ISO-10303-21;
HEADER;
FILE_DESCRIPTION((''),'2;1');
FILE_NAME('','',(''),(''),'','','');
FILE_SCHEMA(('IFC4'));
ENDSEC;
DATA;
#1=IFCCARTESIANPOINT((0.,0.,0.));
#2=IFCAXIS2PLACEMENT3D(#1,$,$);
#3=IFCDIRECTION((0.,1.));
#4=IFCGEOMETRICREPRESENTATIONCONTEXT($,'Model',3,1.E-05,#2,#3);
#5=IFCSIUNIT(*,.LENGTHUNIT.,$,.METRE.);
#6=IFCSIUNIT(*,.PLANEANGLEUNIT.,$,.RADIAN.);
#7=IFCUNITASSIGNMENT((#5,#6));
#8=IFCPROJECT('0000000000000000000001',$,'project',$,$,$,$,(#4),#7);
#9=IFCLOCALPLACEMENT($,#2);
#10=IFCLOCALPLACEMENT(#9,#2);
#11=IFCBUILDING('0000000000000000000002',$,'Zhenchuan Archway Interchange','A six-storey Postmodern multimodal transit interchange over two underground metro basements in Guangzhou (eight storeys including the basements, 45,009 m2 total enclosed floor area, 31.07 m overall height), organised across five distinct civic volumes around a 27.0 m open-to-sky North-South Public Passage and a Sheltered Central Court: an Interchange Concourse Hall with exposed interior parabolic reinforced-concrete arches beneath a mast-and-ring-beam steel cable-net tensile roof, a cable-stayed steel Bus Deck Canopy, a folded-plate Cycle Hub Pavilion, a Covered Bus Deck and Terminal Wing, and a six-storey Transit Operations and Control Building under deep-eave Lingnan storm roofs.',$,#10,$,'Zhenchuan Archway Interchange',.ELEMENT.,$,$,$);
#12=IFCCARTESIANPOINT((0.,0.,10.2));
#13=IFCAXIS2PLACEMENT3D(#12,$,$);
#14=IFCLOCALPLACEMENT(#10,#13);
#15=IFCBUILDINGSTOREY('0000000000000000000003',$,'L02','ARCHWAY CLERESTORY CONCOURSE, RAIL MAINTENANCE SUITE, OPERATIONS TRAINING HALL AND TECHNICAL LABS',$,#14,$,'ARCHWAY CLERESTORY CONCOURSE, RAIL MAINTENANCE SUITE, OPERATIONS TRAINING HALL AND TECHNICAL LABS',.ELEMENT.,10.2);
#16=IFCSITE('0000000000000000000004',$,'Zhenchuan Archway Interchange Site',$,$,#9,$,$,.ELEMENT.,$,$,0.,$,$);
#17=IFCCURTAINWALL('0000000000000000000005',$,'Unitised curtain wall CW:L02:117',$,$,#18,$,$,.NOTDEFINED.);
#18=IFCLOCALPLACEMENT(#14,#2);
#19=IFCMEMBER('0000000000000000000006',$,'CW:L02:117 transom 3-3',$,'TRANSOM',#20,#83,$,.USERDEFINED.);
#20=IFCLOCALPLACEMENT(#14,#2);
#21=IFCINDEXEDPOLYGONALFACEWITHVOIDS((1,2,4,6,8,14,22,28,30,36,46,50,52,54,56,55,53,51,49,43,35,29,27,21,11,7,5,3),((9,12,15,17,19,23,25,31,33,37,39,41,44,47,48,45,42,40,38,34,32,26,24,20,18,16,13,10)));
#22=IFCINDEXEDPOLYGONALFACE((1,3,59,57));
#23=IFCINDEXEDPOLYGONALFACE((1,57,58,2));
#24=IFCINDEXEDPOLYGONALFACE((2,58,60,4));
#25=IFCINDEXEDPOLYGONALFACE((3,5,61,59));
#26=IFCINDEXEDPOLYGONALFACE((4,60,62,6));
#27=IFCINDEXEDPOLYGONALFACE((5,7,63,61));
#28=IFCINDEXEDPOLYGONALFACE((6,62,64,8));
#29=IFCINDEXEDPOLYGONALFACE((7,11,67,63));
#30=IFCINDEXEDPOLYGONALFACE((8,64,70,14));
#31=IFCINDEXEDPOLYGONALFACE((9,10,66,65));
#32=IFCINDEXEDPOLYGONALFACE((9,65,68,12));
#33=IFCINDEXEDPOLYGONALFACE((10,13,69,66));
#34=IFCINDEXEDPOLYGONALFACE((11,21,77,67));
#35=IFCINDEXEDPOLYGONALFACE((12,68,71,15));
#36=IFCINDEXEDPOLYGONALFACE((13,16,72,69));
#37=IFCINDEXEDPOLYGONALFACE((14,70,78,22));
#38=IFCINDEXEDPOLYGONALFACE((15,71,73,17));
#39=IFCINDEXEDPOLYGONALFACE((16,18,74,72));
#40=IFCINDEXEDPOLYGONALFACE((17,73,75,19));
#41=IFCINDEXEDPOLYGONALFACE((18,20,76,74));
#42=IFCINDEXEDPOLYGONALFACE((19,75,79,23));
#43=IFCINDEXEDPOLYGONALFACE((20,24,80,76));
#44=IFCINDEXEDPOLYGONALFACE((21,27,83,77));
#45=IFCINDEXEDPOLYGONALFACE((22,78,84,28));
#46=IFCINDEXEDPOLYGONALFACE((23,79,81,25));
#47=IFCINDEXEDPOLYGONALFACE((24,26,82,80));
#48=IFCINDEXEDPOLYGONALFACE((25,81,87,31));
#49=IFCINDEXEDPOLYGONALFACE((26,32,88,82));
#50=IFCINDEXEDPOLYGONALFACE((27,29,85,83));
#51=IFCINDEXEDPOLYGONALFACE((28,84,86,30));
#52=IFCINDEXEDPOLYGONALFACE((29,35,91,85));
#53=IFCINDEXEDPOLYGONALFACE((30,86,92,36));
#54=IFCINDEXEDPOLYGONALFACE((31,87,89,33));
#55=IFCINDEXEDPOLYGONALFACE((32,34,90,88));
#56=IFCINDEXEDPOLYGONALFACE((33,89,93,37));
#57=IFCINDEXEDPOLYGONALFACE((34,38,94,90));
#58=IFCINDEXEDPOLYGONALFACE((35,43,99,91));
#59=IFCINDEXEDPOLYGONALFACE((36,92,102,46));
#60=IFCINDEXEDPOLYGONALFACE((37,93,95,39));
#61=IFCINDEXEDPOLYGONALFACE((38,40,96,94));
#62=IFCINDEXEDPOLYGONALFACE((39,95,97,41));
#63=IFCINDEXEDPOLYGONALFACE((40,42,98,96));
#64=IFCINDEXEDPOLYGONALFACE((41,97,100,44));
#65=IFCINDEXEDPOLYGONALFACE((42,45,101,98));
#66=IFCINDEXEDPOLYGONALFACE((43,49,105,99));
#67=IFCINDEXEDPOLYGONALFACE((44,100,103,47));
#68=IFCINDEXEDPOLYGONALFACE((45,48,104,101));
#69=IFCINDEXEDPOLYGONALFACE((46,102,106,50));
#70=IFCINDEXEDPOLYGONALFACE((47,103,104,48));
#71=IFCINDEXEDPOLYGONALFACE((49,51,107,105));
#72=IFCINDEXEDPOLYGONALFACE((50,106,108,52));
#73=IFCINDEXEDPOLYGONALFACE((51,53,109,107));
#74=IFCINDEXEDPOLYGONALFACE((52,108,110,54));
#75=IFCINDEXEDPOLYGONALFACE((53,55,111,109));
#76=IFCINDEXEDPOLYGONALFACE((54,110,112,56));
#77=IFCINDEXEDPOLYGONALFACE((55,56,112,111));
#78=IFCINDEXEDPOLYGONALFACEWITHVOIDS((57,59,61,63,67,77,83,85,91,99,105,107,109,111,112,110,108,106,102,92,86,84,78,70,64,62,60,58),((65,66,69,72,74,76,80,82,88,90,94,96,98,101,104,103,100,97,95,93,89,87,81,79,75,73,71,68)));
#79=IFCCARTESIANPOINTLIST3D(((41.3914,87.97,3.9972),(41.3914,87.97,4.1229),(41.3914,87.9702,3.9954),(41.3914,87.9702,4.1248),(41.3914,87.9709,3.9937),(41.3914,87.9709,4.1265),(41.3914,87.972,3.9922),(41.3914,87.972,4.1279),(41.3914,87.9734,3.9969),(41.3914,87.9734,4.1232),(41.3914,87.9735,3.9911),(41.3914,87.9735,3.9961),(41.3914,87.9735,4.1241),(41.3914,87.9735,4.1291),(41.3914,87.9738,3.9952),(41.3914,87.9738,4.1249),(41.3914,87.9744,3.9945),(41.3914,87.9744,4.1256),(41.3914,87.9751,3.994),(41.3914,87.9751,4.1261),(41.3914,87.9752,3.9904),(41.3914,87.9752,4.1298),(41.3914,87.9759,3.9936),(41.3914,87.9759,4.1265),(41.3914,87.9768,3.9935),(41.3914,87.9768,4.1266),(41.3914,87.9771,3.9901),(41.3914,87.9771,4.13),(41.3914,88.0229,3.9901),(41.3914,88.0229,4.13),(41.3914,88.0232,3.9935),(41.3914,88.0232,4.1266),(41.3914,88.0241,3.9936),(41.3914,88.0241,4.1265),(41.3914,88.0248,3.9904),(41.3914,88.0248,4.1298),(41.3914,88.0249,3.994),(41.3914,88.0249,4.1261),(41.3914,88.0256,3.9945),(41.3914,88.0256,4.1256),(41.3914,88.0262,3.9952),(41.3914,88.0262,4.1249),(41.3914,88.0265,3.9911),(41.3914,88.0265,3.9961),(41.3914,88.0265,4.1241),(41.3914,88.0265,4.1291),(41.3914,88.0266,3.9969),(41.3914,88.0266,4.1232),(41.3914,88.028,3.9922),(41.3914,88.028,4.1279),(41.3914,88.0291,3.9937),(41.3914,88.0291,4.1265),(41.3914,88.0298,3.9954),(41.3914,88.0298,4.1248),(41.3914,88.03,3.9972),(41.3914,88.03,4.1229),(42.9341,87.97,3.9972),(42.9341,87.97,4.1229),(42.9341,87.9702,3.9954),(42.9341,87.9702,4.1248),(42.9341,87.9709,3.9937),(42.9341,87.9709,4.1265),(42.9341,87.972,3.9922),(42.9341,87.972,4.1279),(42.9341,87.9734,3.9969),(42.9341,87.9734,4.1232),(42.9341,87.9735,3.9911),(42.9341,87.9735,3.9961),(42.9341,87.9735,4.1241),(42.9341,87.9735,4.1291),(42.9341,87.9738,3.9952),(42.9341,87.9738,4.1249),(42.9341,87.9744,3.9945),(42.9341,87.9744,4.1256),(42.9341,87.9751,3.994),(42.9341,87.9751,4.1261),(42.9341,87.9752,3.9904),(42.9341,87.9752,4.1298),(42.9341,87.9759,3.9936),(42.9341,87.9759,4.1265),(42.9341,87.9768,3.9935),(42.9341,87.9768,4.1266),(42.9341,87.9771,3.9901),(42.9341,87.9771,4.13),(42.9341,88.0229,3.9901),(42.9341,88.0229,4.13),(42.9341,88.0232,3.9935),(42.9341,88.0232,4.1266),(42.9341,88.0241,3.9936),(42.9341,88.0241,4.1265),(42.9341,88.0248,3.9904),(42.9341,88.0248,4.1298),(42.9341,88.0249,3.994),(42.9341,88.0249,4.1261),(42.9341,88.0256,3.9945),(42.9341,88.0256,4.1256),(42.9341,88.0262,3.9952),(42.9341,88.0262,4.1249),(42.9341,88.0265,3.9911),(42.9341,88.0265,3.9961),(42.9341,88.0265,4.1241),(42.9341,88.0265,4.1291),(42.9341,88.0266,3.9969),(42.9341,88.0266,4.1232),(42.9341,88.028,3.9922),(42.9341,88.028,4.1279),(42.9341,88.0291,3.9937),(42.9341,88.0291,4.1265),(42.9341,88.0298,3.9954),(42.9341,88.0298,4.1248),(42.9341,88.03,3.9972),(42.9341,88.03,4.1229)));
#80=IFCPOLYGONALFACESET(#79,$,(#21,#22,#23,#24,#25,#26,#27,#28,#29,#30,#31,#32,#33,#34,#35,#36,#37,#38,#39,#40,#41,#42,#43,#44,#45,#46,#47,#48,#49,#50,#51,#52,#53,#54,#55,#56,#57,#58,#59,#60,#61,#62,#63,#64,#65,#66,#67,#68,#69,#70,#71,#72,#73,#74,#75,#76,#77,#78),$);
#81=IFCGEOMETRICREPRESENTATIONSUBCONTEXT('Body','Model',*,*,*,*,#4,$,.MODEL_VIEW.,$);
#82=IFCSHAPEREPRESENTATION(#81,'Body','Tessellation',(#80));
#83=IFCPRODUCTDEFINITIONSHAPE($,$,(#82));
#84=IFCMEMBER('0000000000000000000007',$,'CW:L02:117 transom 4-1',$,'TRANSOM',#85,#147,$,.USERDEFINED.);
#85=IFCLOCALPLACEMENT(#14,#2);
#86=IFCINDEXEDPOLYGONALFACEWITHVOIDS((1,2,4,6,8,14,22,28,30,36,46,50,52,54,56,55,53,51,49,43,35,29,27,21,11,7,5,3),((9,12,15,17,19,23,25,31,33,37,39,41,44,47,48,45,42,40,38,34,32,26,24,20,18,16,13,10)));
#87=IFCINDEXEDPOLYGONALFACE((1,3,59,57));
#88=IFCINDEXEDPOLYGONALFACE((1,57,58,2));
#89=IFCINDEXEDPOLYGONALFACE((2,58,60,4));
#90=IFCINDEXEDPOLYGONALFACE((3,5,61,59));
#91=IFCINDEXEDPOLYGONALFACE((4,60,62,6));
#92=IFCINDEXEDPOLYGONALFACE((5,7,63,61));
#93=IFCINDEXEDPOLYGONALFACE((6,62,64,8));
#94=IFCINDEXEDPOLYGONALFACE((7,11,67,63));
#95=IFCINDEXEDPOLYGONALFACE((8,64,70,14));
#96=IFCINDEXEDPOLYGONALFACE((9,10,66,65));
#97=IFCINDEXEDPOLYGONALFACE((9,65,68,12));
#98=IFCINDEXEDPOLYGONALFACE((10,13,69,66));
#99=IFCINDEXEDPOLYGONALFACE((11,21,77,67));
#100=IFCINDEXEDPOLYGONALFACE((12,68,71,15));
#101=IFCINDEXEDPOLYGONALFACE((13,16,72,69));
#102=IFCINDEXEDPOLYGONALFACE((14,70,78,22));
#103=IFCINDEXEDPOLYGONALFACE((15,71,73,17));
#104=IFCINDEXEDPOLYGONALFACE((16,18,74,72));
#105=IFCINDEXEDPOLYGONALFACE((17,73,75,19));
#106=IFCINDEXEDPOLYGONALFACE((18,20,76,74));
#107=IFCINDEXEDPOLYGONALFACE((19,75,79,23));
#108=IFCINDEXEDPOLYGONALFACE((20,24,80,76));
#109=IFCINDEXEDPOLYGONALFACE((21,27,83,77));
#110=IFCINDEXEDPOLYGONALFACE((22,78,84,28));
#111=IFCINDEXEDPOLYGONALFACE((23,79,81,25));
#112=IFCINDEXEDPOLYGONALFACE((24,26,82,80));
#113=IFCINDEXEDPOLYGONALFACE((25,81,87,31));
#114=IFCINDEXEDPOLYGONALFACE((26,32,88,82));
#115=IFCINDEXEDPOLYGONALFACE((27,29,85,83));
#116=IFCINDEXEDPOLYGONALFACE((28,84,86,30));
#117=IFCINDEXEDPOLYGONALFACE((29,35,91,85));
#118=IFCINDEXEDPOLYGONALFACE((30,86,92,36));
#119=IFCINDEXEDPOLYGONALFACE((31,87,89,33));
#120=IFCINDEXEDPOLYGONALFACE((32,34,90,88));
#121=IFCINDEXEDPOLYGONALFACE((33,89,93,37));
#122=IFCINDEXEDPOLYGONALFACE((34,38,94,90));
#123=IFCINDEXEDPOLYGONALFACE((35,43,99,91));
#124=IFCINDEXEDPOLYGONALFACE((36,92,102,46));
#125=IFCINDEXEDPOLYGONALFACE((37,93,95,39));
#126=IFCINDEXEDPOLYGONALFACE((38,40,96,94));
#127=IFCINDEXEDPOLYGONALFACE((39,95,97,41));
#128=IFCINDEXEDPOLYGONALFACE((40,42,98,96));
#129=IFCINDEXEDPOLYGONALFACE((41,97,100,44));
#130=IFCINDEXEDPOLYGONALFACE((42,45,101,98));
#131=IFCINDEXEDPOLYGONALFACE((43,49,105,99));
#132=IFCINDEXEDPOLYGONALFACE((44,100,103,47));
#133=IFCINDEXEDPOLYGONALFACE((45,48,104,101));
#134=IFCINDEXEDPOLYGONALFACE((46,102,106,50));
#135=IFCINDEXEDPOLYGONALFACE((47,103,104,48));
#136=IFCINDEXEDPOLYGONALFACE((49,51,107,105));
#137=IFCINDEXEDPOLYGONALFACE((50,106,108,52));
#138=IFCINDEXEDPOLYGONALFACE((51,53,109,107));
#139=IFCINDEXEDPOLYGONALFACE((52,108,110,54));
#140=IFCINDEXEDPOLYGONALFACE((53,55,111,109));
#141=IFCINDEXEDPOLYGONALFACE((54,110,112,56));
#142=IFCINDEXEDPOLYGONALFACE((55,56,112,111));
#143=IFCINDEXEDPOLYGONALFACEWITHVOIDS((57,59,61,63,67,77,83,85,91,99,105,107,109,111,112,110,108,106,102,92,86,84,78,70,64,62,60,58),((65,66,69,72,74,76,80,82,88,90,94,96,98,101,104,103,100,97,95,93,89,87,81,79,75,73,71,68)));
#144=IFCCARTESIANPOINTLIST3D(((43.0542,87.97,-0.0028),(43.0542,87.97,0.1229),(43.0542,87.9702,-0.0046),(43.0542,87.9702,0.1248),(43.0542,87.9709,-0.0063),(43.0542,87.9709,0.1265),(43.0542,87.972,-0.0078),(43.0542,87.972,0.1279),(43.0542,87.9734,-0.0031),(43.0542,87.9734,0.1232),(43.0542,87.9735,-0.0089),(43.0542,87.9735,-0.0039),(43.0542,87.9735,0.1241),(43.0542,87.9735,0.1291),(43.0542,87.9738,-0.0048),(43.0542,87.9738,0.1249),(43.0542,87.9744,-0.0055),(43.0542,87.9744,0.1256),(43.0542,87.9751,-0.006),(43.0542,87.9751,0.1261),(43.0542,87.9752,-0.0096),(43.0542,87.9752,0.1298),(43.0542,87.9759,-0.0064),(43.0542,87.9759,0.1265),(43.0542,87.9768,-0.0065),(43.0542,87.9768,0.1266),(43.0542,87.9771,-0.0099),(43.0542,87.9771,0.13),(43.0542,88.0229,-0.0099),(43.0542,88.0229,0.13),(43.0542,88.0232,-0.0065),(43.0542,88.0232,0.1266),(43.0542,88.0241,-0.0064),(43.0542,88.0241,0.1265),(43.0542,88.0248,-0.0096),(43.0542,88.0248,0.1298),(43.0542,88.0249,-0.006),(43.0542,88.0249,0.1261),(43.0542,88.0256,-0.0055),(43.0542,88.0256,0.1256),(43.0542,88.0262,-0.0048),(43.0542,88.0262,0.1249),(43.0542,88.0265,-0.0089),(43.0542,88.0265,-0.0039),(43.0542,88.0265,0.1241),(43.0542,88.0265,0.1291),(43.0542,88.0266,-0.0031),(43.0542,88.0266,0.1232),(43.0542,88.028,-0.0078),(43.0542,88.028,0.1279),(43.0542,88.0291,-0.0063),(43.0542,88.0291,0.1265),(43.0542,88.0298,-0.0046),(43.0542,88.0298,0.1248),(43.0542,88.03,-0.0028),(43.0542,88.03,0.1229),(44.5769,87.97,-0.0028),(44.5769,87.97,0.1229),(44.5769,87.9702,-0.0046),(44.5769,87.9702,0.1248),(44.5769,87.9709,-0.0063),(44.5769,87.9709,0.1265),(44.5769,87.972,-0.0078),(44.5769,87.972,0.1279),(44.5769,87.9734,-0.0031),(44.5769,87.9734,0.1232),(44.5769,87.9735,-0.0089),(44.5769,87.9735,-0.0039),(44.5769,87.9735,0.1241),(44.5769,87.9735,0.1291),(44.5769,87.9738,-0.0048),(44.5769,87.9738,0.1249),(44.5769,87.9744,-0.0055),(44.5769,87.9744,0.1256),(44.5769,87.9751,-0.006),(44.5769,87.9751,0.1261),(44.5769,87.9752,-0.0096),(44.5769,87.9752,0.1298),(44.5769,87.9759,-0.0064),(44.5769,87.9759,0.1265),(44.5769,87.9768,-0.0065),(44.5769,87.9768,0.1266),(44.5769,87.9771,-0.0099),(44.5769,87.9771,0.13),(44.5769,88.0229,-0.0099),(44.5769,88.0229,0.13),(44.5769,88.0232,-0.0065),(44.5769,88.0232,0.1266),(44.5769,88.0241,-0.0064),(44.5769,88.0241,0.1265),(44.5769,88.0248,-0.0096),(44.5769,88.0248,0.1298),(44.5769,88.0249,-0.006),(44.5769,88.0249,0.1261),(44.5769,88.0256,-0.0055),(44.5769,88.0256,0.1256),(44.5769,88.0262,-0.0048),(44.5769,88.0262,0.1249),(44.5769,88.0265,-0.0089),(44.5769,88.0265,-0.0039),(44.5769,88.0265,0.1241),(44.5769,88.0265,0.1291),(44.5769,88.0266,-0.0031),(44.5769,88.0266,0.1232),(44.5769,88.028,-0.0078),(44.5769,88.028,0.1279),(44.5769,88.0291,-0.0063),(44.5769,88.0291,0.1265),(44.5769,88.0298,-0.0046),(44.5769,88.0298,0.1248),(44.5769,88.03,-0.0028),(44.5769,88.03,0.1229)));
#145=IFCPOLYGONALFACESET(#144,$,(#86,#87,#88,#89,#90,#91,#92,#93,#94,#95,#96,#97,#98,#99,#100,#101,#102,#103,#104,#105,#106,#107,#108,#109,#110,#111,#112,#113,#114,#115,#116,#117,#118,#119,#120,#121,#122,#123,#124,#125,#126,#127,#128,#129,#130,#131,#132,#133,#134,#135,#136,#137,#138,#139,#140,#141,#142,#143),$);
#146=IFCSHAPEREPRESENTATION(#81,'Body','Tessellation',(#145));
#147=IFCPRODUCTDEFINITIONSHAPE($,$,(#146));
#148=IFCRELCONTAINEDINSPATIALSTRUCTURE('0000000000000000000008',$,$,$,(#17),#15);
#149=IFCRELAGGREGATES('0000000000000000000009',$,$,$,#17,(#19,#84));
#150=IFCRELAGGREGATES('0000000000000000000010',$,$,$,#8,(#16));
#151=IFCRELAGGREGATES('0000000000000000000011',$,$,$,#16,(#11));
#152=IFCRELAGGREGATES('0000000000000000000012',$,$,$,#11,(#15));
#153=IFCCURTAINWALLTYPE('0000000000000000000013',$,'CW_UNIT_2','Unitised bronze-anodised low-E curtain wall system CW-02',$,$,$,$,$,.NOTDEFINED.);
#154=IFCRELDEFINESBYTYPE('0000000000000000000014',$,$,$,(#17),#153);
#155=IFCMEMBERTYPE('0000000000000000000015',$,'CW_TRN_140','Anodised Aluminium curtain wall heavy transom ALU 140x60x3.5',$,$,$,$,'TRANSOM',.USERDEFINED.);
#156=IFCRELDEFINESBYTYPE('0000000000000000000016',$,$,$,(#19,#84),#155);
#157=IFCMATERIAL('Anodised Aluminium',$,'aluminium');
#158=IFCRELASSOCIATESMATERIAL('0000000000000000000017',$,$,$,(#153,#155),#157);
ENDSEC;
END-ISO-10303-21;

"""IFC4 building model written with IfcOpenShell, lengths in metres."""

from ifc_helpers import new_model, si_unit, direction, frame, origin, origin_2d, place, context, subcontext, project, spatial, hollow_rectangle, extrude, material, material_profile, profile_set, type_object, element, aggregate, save


model = new_model("IFC4")

# Units and contexts
model_context = context("Model", 3, precision=1e-05, world=origin(), true_north=direction((0.0, 1.0)))
body_context = subcontext(model_context, "Body", "Model", "MODEL_VIEW")
ifc_project = project(units=[si_unit("LENGTHUNIT", "METRE"), si_unit("PLANEANGLEUNIT", "RADIAN")], contexts=[model_context])

# Site, building, storey
site_placement = place(None, origin())
site = spatial("IfcSite", under=ifc_project, at=site_placement, Name="Zhenchuan Archway Interchange Site", CompositionType="ELEMENT", RefElevation=0.0)
building_placement = place(site_placement, origin())
building = spatial("IfcBuilding", under=site, at=building_placement, Name="Zhenchuan Archway Interchange", Description="A six-storey Postmodern multimodal transit interchange over two underground metro basements in Guangzhou (eight storeys including the basements, 45,009 m2 total enclosed floor area, 31.07 m overall height), organised across five distinct civic volumes around a 27.0 m open-to-sky North-South Public Passage and a Sheltered Central Court: an Interchange Concourse Hall with exposed interior parabolic reinforced-concrete arches beneath a mast-and-ring-beam steel cable-net tensile roof, a cable-stayed steel Bus Deck Canopy, a folded-plate Cycle Hub Pavilion, a Covered Bus Deck and Terminal Wing, and a six-storey Transit Operations and Control Building under deep-eave Lingnan storm roofs.", LongName="Zhenchuan Archway Interchange", CompositionType="ELEMENT")
storey_placement = place(building_placement, frame((0.0, 0.0, 10.2)))
storey = spatial("IfcBuildingStorey", under=building, at=storey_placement, Name="L02", Description="ARCHWAY CLERESTORY CONCOURSE, RAIL MAINTENANCE SUITE, OPERATIONS TRAINING HALL AND TECHNICAL LABS", LongName="ARCHWAY CLERESTORY CONCOURSE, RAIL MAINTENANCE SUITE, OPERATIONS TRAINING HALL AND TECHNICAL LABS", CompositionType="ELEMENT", Elevation=10.2)

# Curtain wall, members
ifc_material_1 = material(Name="Anodised Aluminium", Category="aluminium")
curtain_wall_type = type_object("IfcCurtainWallType", Name="CW_UNIT_2", Description="Unitised bronze-anodised low-E curtain wall system CW-02", PredefinedType="NOTDEFINED", material=ifc_material_1)
curtain_wall_placement = place(storey_placement, origin())
curtain_wall = element("IfcCurtainWall", 1, at=curtain_wall_placement, inside=storey, type_object=curtain_wall_type, Name="Unitised curtain wall CW:L02:117", PredefinedType="NOTDEFINED")
ifc_material_profile_1 = material_profile(ifc_material_1, hollow_rectangle(XDim=0.0601, YDim=0.1399, WallThickness=0.0034, InnerFilletRadius=0.0034, OuterFilletRadius=0.0071, at=origin_2d()), Name="ALU 140x60x3.5")
ifc_profile_set_1 = profile_set([ifc_material_profile_1], Name="Anodised Aluminium")
member_type_1 = type_object("IfcMemberType", Name="CW_TRN_140", Description="Anodised Aluminium curtain wall heavy transom ALU 140x60x3.5", ElementType="TRANSOM", PredefinedType="USERDEFINED", material=ifc_profile_set_1)
member_1_placement = place(storey_placement, frame((41.3914, 88.0, 4.0601), z_axis=(1.0, 0.0, 0.0), x_axis=(0.0, 1.0, 0.0)))
member_1 = element("IfcMember", 2, at=member_1_placement, type_object=member_type_1, Name="CW:L02:117 transom 3-3", ObjectType="TRANSOM", PredefinedType="USERDEFINED", context=body_context, shape_type="SweptSolid", body=[
    extrude(hollow_rectangle(XDim=0.0601, YDim=0.1399, WallThickness=0.0034, InnerFilletRadius=0.0034, OuterFilletRadius=0.0071, at=origin_2d()), origin(), (0.0, 0.0, 1.0), 1.5427),
])
member_2_placement = place(storey_placement, frame((43.0542, 88.0, 0.0601), z_axis=(1.0, 0.0, 0.0), x_axis=(0.0, 1.0, 0.0)))
member_2 = element("IfcMember", 3, at=member_2_placement, type_object=member_type_1, Name="CW:L02:117 transom 4-1", ObjectType="TRANSOM", PredefinedType="USERDEFINED", context=body_context, shape_type="SweptSolid", body=[
    extrude(hollow_rectangle(XDim=0.0601, YDim=0.1399, WallThickness=0.0034, InnerFilletRadius=0.0034, OuterFilletRadius=0.0071, at=origin_2d()), origin(), (0.0, 0.0, 1.0), 1.5227),
])
aggregate(curtain_wall, [member_1, member_2])

save(model, "model.ifc")
